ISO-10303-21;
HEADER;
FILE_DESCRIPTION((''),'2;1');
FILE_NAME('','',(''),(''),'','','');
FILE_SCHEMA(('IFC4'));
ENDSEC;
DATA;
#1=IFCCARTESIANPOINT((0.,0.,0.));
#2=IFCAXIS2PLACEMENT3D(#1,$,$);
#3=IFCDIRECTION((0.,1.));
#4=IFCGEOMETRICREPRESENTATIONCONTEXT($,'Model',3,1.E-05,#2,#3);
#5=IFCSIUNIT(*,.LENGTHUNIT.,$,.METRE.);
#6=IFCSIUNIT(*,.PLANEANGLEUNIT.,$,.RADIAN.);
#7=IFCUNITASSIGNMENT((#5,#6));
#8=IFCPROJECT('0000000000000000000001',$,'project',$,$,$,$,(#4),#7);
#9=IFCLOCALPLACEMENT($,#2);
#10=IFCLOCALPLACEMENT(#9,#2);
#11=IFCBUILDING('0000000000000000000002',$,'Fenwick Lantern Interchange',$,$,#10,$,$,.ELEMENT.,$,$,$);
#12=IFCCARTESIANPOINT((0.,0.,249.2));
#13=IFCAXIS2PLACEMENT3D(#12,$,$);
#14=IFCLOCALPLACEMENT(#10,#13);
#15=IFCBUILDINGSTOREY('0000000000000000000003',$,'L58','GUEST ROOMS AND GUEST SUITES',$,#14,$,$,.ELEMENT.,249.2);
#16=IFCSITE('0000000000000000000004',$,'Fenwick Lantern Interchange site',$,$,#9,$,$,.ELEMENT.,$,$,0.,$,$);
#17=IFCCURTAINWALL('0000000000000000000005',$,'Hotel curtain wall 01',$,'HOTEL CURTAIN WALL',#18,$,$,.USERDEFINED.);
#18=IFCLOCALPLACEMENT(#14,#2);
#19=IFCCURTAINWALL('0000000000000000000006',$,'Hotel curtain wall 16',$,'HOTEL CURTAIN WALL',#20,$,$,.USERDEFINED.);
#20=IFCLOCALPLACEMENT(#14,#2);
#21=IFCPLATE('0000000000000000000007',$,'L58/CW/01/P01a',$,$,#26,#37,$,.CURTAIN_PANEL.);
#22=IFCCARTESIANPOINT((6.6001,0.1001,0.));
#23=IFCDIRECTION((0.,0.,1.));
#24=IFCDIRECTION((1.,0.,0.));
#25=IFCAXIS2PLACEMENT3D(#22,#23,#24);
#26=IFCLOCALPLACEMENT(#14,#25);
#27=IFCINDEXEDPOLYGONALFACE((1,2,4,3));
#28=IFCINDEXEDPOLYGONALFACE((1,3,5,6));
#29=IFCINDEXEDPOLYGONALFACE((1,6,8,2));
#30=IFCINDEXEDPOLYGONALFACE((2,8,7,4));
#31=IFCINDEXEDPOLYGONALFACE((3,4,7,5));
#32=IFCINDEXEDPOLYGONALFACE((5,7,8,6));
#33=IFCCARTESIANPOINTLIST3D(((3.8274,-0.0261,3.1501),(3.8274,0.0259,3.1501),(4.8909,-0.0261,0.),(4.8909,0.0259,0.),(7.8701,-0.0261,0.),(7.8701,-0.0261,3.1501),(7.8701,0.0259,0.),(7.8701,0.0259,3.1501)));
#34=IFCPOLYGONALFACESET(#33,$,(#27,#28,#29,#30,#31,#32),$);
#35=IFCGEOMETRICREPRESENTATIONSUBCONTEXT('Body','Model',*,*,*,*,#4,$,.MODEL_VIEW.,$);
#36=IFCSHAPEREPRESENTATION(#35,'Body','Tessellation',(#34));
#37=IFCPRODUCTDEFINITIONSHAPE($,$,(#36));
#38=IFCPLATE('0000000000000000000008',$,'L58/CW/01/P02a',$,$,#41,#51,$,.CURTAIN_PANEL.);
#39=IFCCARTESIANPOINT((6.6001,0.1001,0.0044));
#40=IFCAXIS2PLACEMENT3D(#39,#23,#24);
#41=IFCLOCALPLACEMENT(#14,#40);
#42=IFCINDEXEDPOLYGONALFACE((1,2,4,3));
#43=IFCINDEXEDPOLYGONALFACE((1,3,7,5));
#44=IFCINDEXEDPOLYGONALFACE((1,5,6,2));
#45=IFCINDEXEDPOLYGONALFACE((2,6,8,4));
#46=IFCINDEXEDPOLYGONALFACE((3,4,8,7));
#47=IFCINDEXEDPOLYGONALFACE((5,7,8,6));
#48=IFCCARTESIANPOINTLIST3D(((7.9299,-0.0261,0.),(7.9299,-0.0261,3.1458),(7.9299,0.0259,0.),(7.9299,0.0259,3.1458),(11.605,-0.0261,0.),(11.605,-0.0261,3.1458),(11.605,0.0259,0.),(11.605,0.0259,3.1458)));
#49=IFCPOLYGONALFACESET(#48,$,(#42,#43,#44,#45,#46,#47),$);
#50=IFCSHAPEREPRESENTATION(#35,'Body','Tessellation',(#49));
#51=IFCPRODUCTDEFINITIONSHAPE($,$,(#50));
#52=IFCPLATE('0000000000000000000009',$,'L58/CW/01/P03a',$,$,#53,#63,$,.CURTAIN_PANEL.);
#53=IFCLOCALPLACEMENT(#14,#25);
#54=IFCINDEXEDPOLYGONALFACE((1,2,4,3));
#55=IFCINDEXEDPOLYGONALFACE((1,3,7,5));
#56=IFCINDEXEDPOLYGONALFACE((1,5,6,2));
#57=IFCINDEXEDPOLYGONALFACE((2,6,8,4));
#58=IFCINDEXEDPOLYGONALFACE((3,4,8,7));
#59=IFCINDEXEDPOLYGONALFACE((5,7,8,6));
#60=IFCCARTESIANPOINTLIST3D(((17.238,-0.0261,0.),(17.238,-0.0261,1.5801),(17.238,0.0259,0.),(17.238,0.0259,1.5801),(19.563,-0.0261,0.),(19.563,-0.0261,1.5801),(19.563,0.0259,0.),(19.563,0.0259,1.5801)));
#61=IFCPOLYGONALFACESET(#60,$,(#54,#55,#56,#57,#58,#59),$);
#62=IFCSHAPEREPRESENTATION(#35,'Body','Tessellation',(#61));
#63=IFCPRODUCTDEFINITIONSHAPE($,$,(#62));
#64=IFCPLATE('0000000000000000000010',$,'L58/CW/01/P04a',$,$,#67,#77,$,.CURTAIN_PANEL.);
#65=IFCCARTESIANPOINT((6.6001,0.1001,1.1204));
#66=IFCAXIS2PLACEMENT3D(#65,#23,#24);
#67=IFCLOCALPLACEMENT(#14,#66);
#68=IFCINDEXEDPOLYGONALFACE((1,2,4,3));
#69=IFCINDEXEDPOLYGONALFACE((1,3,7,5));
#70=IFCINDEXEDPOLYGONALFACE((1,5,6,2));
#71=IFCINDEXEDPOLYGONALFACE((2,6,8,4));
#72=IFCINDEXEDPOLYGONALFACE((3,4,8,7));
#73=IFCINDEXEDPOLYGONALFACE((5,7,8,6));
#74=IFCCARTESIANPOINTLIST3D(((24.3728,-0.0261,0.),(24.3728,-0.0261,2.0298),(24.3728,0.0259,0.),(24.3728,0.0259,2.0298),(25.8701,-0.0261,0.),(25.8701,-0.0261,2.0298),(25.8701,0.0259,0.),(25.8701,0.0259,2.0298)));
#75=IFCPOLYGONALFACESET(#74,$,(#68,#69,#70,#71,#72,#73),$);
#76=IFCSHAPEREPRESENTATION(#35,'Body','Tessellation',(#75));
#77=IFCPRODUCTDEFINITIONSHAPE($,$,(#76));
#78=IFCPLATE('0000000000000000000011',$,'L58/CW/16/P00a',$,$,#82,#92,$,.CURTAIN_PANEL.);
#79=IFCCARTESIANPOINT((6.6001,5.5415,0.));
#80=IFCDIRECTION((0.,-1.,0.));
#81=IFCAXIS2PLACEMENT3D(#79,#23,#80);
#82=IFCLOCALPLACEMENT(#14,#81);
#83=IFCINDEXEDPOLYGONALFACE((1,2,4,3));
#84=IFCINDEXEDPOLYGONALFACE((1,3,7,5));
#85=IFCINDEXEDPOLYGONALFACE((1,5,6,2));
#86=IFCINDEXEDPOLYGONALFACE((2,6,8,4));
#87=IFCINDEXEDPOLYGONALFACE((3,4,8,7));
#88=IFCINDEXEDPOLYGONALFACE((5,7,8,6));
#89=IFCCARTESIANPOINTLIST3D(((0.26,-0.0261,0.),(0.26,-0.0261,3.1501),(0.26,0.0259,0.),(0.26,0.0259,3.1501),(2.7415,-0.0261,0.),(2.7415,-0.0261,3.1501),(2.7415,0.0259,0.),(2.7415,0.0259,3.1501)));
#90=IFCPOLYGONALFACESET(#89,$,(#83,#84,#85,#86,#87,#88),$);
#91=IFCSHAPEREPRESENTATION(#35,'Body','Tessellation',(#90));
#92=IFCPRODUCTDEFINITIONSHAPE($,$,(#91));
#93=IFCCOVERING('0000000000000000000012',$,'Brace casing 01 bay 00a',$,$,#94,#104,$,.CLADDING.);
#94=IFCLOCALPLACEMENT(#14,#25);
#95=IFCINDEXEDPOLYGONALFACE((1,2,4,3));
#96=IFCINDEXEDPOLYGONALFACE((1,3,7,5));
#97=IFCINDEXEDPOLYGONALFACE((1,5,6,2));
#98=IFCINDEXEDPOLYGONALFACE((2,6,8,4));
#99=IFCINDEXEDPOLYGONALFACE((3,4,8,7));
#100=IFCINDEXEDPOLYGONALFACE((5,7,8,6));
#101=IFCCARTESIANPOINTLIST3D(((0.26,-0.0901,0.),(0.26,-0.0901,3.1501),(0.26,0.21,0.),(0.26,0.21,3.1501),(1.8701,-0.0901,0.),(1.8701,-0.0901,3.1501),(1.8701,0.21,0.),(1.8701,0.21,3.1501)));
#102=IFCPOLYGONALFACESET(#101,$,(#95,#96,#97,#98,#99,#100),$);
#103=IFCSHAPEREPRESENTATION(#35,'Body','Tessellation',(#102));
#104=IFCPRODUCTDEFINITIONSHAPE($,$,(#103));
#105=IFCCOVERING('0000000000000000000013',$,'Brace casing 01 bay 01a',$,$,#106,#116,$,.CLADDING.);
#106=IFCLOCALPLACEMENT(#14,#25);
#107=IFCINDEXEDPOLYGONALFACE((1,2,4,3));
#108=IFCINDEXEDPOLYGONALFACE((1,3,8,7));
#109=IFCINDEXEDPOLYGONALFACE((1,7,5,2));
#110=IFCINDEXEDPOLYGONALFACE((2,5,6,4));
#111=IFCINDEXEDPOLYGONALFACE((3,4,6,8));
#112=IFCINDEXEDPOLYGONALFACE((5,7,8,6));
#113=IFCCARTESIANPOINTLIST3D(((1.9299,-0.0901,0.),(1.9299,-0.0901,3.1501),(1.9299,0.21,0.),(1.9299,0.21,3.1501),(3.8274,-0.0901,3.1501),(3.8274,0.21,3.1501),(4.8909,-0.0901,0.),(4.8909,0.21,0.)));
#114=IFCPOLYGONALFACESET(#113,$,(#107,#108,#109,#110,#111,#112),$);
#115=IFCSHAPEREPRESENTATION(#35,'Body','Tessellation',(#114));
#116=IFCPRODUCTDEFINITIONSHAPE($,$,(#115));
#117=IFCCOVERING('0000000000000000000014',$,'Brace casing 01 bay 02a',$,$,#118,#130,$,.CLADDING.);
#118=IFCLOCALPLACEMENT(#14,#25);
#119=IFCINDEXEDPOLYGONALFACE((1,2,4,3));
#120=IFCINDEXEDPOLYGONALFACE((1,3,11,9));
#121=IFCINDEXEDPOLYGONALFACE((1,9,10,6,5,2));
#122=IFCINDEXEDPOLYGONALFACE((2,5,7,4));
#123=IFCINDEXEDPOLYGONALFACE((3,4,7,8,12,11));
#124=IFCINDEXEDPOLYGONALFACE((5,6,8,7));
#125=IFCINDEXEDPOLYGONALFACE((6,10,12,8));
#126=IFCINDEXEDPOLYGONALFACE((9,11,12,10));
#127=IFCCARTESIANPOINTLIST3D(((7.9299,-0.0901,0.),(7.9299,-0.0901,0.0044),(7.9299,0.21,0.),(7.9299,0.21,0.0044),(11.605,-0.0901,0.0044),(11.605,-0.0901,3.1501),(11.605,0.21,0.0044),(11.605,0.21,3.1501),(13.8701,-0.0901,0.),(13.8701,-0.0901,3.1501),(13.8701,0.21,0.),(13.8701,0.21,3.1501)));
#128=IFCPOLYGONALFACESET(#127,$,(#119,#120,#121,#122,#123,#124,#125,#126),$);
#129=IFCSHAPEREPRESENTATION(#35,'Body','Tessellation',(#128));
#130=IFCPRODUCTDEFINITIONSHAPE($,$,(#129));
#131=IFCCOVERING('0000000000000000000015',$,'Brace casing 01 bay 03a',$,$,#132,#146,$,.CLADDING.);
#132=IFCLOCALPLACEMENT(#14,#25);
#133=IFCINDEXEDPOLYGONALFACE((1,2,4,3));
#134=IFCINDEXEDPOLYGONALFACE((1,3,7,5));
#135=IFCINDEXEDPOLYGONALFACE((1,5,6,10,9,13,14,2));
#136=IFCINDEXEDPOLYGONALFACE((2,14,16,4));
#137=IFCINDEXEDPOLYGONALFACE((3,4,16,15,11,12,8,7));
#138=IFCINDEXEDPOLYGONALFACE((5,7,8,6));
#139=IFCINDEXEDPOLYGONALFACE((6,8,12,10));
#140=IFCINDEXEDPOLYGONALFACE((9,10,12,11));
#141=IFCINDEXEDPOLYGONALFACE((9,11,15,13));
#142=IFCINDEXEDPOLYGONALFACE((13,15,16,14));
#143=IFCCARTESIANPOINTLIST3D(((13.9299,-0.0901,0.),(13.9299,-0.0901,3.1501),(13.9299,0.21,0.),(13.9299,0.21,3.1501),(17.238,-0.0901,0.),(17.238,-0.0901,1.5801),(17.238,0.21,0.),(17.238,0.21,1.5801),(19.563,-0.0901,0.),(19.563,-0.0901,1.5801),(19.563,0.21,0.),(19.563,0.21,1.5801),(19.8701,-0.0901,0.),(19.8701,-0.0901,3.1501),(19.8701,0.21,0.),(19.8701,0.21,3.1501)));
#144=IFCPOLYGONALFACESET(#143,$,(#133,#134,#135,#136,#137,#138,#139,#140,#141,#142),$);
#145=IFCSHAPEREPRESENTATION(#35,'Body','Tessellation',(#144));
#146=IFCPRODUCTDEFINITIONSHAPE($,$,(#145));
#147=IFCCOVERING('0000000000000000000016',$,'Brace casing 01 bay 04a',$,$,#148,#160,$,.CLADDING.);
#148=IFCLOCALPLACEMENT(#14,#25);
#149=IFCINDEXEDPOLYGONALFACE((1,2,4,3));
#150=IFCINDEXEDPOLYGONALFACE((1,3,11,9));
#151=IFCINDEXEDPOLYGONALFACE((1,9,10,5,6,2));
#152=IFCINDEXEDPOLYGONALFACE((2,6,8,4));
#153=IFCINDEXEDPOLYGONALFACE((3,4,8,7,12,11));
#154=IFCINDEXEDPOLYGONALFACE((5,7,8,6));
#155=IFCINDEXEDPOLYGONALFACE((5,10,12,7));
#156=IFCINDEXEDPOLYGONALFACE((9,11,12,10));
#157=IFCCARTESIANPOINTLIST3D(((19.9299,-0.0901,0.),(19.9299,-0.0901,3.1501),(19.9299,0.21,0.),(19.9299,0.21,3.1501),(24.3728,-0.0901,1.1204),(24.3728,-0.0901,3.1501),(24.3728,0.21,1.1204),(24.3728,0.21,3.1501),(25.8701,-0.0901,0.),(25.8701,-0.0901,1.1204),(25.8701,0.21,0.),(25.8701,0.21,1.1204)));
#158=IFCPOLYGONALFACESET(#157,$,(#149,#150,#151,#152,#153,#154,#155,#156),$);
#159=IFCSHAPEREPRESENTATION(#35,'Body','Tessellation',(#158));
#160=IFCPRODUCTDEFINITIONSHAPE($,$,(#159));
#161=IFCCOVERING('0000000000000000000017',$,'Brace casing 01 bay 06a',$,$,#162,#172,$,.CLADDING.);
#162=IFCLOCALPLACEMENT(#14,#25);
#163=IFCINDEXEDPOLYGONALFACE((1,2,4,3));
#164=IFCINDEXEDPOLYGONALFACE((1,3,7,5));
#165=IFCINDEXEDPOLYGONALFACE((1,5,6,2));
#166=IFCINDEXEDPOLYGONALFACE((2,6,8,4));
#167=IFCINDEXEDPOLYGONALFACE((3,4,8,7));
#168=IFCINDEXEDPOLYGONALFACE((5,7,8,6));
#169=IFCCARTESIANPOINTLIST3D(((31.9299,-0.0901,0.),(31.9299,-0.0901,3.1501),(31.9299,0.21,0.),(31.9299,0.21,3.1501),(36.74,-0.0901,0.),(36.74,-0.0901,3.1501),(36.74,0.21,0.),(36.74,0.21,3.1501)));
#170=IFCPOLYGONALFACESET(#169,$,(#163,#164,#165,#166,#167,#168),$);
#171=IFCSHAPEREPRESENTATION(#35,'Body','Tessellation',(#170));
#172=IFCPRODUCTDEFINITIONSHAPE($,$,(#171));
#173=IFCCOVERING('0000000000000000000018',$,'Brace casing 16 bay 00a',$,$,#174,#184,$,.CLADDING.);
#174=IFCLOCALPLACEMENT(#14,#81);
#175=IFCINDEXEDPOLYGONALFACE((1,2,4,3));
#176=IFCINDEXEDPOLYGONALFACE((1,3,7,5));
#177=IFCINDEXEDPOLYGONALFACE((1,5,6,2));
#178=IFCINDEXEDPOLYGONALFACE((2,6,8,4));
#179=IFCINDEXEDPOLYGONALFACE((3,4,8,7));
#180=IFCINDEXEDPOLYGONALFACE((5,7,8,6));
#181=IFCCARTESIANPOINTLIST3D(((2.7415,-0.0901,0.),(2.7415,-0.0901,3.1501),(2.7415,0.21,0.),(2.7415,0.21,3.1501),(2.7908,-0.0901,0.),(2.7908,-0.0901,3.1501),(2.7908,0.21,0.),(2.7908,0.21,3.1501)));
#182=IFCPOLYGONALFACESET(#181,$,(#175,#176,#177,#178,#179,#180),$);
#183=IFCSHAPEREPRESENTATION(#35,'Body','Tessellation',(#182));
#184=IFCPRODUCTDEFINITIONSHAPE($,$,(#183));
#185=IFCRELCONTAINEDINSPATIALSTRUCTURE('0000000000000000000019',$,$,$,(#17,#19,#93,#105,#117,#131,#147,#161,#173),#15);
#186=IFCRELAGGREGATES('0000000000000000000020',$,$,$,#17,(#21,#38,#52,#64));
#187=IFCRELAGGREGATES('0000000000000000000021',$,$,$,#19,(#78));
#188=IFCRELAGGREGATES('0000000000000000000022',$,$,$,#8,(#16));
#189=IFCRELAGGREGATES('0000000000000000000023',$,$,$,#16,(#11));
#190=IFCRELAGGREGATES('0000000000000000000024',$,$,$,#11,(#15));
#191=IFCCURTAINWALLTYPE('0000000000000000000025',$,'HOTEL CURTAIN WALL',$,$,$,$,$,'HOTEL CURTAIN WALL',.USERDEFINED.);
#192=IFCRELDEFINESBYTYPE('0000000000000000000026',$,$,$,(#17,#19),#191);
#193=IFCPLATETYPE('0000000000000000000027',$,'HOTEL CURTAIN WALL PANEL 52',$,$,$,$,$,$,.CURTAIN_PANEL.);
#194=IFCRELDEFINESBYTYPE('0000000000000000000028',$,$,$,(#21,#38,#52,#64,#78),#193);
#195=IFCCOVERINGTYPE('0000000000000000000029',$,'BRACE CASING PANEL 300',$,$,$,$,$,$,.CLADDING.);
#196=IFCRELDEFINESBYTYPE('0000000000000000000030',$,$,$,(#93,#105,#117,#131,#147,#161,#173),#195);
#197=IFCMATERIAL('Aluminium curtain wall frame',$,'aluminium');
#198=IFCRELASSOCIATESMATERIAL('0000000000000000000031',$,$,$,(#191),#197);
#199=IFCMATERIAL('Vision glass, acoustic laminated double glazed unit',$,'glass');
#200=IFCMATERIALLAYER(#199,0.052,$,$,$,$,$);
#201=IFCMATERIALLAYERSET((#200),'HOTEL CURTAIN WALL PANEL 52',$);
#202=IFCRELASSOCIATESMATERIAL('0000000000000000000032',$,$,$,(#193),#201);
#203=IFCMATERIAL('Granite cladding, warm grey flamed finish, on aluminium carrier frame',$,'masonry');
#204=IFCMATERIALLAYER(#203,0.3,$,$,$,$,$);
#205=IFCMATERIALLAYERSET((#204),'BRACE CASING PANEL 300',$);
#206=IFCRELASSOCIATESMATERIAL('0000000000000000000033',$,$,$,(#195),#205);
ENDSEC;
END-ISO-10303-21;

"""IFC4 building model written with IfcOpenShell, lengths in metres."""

from ifc_helpers import new_model, si_unit, direction, frame, origin, place, context, subcontext, project, spatial, polyline, outline, extrude, material, layer, layer_set, type_object, element, aggregate, save


model = new_model("IFC4")

# Units and contexts
model_context = context("Model", 3, precision=1e-05, world=origin(), true_north=direction((0.0, 1.0)))
body_context = subcontext(model_context, "Body", "Model", "MODEL_VIEW")
ifc_project = project(units=[si_unit("LENGTHUNIT", "METRE"), si_unit("PLANEANGLEUNIT", "RADIAN")], contexts=[model_context])

# Site, building, storey
site_placement = place(None, origin())
site = spatial("IfcSite", under=ifc_project, at=site_placement, Name="Fenwick Lantern Interchange site", CompositionType="ELEMENT", RefElevation=0.0)
building_placement = place(site_placement, origin())
building = spatial("IfcBuilding", under=site, at=building_placement, Name="Fenwick Lantern Interchange", CompositionType="ELEMENT")
storey_placement = place(building_placement, frame((0.0, 0.0, 249.2)))
storey = spatial("IfcBuildingStorey", under=building, at=storey_placement, Name="L58", Description="GUEST ROOMS AND GUEST SUITES", CompositionType="ELEMENT", Elevation=249.2)

# Curtain wall
ifc_material_1 = material(Name="Aluminium curtain wall frame", Category="aluminium")
curtain_wall_type = type_object("IfcCurtainWallType", Name="HOTEL CURTAIN WALL", ElementType="HOTEL CURTAIN WALL", PredefinedType="USERDEFINED", material=ifc_material_1)
curtain_wall_1_placement = place(storey_placement, origin())
curtain_wall_1 = element("IfcCurtainWall", 1, at=curtain_wall_1_placement, inside=storey, type_object=curtain_wall_type, Name="Hotel curtain wall 01", ObjectType="HOTEL CURTAIN WALL", PredefinedType="USERDEFINED")

# Curtain wall
curtain_wall_2_placement = place(storey_placement, origin())
curtain_wall_2 = element("IfcCurtainWall", 2, at=curtain_wall_2_placement, inside=storey, type_object=curtain_wall_type, Name="Hotel curtain wall 16", ObjectType="HOTEL CURTAIN WALL", PredefinedType="USERDEFINED")

# Plates
ifc_material_2 = material(Name="Vision glass, acoustic laminated double glazed unit", Category="glass")
ifc_layer_1 = layer(ifc_material_2, 0.052)
ifc_layer_set_1 = layer_set([ifc_layer_1], Name="HOTEL CURTAIN WALL PANEL 52")
plate_type = type_object("IfcPlateType", Name="HOTEL CURTAIN WALL PANEL 52", PredefinedType="CURTAIN_PANEL", material=ifc_layer_set_1)
plate_1_placement = place(storey_placement, frame((6.6001, 0.1001, 0.0), z_axis=(0.0, 0.0, 1.0), x_axis=(1.0, 0.0, 0.0)))
plate_1 = element("IfcPlate", 3, at=plate_1_placement, type_object=plate_type, Name="L58/CW/01/P01a", PredefinedType="CURTAIN_PANEL", context=body_context, shape_type="SweptSolid", body=[
    extrude(outline(polyline([(4.8909, 0.0), (7.8701, 0.0), (7.8701, 3.1501), (3.8274, 3.1501), (4.8909, 0.0)])), frame((0.0, 0.0259, 0.0), z_axis=(0.0, -1.0, 0.0), x_axis=(1.0, 0.0, 0.0)), (0.0, 0.0, 1.0), 0.052),
])
plate_2_placement = place(storey_placement, frame((6.6001, 0.1001, 0.0044), z_axis=(0.0, 0.0, 1.0), x_axis=(1.0, 0.0, 0.0)))
plate_2 = element("IfcPlate", 4, at=plate_2_placement, type_object=plate_type, Name="L58/CW/01/P02a", PredefinedType="CURTAIN_PANEL", context=body_context, shape_type="SweptSolid", body=[
    extrude(outline(polyline([(7.9299, 0.0), (11.605, 0.0), (11.605, 3.1458), (7.9299, 3.1458), (7.9299, 0.0)])), frame((0.0, 0.0259, 0.0), z_axis=(0.0, -1.0, 0.0), x_axis=(1.0, 0.0, 0.0)), (0.0, 0.0, 1.0), 0.052),
])
plate_3_placement = place(storey_placement, frame((6.6001, 0.1001, 0.0), z_axis=(0.0, 0.0, 1.0), x_axis=(1.0, 0.0, 0.0)))
plate_3 = element("IfcPlate", 5, at=plate_3_placement, type_object=plate_type, Name="L58/CW/01/P03a", PredefinedType="CURTAIN_PANEL", context=body_context, shape_type="SweptSolid", body=[
    extrude(outline(polyline([(17.238, 0.0), (19.563, 0.0), (19.563, 1.5801), (17.238, 1.5801), (17.238, 0.0)])), frame((0.0, 0.0259, 0.0), z_axis=(0.0, -1.0, 0.0), x_axis=(1.0, 0.0, 0.0)), (0.0, 0.0, 1.0), 0.052),
])
plate_4_placement = place(storey_placement, frame((6.6001, 0.1001, 1.1204), z_axis=(0.0, 0.0, 1.0), x_axis=(1.0, 0.0, 0.0)))
plate_4 = element("IfcPlate", 6, at=plate_4_placement, type_object=plate_type, Name="L58/CW/01/P04a", PredefinedType="CURTAIN_PANEL", context=body_context, shape_type="SweptSolid", body=[
    extrude(outline(polyline([(24.3728, 0.0), (25.8701, 0.0), (25.8701, 2.0298), (24.3728, 2.0298), (24.3728, 0.0)])), frame((0.0, 0.0259, 0.0), z_axis=(0.0, -1.0, 0.0), x_axis=(1.0, 0.0, 0.0)), (0.0, 0.0, 1.0), 0.052),
])
aggregate(curtain_wall_1, [plate_1, plate_2, plate_3, plate_4])
plate_5_placement = place(storey_placement, frame((6.6001, 5.5415, 0.0), z_axis=(0.0, 0.0, 1.0), x_axis=(0.0, -1.0, 0.0)))
plate_5 = element("IfcPlate", 7, at=plate_5_placement, type_object=plate_type, Name="L58/CW/16/P00a", PredefinedType="CURTAIN_PANEL", context=body_context, shape_type="SweptSolid", body=[
    extrude(outline(polyline([(0.26, 0.0), (2.7415, 0.0), (2.7415, 3.1501), (0.26, 3.1501), (0.26, 0.0)])), frame((0.0, 0.0259, 0.0), z_axis=(0.0, -1.0, 0.0), x_axis=(1.0, 0.0, 0.0)), (0.0, 0.0, 1.0), 0.052),
])
aggregate(curtain_wall_2, [plate_5])

# Coverings
ifc_material_3 = material(Name="Granite cladding, warm grey flamed finish, on aluminium carrier frame", Category="masonry")
ifc_layer_2 = layer(ifc_material_3, 0.3)
ifc_layer_set_2 = layer_set([ifc_layer_2], Name="BRACE CASING PANEL 300")
covering_type_1 = type_object("IfcCoveringType", Name="BRACE CASING PANEL 300", PredefinedType="CLADDING", material=ifc_layer_set_2)
covering_1_placement = place(storey_placement, frame((6.6001, 0.1001, 0.0), z_axis=(0.0, 0.0, 1.0), x_axis=(1.0, 0.0, 0.0)))
element("IfcCovering", 8, at=covering_1_placement, inside=storey, type_object=covering_type_1, Name="Brace casing 01 bay 00a", PredefinedType="CLADDING", context=body_context, shape_type="SweptSolid", body=[
    extrude(outline(polyline([(0.26, 0.0), (1.8701, 0.0), (1.8701, 3.1501), (0.26, 3.1501), (0.26, 0.0)])), frame((0.0, 0.21, 0.0), z_axis=(0.0, -1.0, 0.0), x_axis=(1.0, 0.0, 0.0)), (0.0, 0.0, 1.0), 0.3),
])
covering_2_placement = place(storey_placement, frame((6.6001, 0.1001, 0.0), z_axis=(0.0, 0.0, 1.0), x_axis=(1.0, 0.0, 0.0)))
element("IfcCovering", 9, at=covering_2_placement, inside=storey, type_object=covering_type_1, Name="Brace casing 01 bay 01a", PredefinedType="CLADDING", context=body_context, shape_type="SweptSolid", body=[
    extrude(outline(polyline([(1.9299, 0.0), (4.8909, 0.0), (3.8274, 3.1501), (1.9299, 3.1501), (1.9299, 0.0)])), frame((0.0, 0.21, 0.0), z_axis=(0.0, -1.0, 0.0), x_axis=(1.0, 0.0, 0.0)), (0.0, 0.0, 1.0), 0.3),
])
covering_3_placement = place(storey_placement, frame((6.6001, 0.1001, 0.0), z_axis=(0.0, 0.0, 1.0), x_axis=(1.0, 0.0, 0.0)))
element("IfcCovering", 10, at=covering_3_placement, inside=storey, type_object=covering_type_1, Name="Brace casing 01 bay 02a", PredefinedType="CLADDING", context=body_context, shape_type="SweptSolid", body=[
    extrude(outline(polyline([(7.9299, 0.0), (13.8701, 0.0), (13.8701, 3.1501), (11.605, 3.1501), (11.605, 0.0044), (7.9299, 0.0044), (7.9299, 0.0)])), frame((0.0, 0.21, 0.0), z_axis=(0.0, -1.0, 0.0), x_axis=(1.0, 0.0, 0.0)), (0.0, 0.0, 1.0), 0.3),
])
covering_4_placement = place(storey_placement, frame((6.6001, 0.1001, 0.0), z_axis=(0.0, 0.0, 1.0), x_axis=(1.0, 0.0, 0.0)))
element("IfcCovering", 11, at=covering_4_placement, inside=storey, type_object=covering_type_1, Name="Brace casing 01 bay 03a", PredefinedType="CLADDING", context=body_context, shape_type="SweptSolid", body=[
    extrude(outline(polyline([(13.9299, 0.0), (17.238, 0.0), (17.238, 1.5801), (19.563, 1.5801), (19.563, 0.0), (19.8701, 0.0), (19.8701, 3.1501), (13.9299, 3.1501), (13.9299, 0.0)])), frame((0.0, 0.21, 0.0), z_axis=(0.0, -1.0, 0.0), x_axis=(1.0, 0.0, 0.0)), (0.0, 0.0, 1.0), 0.3),
])
covering_5_placement = place(storey_placement, frame((6.6001, 0.1001, 0.0), z_axis=(0.0, 0.0, 1.0), x_axis=(1.0, 0.0, 0.0)))
element("IfcCovering", 12, at=covering_5_placement, inside=storey, type_object=covering_type_1, Name="Brace casing 01 bay 04a", PredefinedType="CLADDING", context=body_context, shape_type="SweptSolid", body=[
    extrude(outline(polyline([(19.9299, 0.0), (25.8701, 0.0), (25.8701, 1.1204), (24.3728, 1.1204), (24.3728, 3.1501), (19.9299, 3.1501), (19.9299, 0.0)])), frame((0.0, 0.21, 0.0), z_axis=(0.0, -1.0, 0.0), x_axis=(1.0, 0.0, 0.0)), (0.0, 0.0, 1.0), 0.3),
])
covering_6_placement = place(storey_placement, frame((6.6001, 0.1001, 0.0), z_axis=(0.0, 0.0, 1.0), x_axis=(1.0, 0.0, 0.0)))
element("IfcCovering", 13, at=covering_6_placement, inside=storey, type_object=covering_type_1, Name="Brace casing 01 bay 06a", PredefinedType="CLADDING", context=body_context, shape_type="SweptSolid", body=[
    extrude(outline(polyline([(31.9299, 0.0), (36.74, 0.0), (36.74, 3.1501), (31.9299, 3.1501), (31.9299, 0.0)])), frame((0.0, 0.21, 0.0), z_axis=(0.0, -1.0, 0.0), x_axis=(1.0, 0.0, 0.0)), (0.0, 0.0, 1.0), 0.3),
])
covering_7_placement = place(storey_placement, frame((6.6001, 5.5415, 0.0), z_axis=(0.0, 0.0, 1.0), x_axis=(0.0, -1.0, 0.0)))
element("IfcCovering", 14, at=covering_7_placement, inside=storey, type_object=covering_type_1, Name="Brace casing 16 bay 00a", PredefinedType="CLADDING", context=body_context, shape_type="SweptSolid", body=[
    extrude(outline(polyline([(2.7415, 0.0), (2.7908, 0.0), (2.7908, 3.1501), (2.7415, 3.1501), (2.7415, 0.0)])), frame((0.0, 0.21, 0.0), z_axis=(0.0, -1.0, 0.0), x_axis=(1.0, 0.0, 0.0)), (0.0, 0.0, 1.0), 0.3),
])

save(model, "model.ifc")
